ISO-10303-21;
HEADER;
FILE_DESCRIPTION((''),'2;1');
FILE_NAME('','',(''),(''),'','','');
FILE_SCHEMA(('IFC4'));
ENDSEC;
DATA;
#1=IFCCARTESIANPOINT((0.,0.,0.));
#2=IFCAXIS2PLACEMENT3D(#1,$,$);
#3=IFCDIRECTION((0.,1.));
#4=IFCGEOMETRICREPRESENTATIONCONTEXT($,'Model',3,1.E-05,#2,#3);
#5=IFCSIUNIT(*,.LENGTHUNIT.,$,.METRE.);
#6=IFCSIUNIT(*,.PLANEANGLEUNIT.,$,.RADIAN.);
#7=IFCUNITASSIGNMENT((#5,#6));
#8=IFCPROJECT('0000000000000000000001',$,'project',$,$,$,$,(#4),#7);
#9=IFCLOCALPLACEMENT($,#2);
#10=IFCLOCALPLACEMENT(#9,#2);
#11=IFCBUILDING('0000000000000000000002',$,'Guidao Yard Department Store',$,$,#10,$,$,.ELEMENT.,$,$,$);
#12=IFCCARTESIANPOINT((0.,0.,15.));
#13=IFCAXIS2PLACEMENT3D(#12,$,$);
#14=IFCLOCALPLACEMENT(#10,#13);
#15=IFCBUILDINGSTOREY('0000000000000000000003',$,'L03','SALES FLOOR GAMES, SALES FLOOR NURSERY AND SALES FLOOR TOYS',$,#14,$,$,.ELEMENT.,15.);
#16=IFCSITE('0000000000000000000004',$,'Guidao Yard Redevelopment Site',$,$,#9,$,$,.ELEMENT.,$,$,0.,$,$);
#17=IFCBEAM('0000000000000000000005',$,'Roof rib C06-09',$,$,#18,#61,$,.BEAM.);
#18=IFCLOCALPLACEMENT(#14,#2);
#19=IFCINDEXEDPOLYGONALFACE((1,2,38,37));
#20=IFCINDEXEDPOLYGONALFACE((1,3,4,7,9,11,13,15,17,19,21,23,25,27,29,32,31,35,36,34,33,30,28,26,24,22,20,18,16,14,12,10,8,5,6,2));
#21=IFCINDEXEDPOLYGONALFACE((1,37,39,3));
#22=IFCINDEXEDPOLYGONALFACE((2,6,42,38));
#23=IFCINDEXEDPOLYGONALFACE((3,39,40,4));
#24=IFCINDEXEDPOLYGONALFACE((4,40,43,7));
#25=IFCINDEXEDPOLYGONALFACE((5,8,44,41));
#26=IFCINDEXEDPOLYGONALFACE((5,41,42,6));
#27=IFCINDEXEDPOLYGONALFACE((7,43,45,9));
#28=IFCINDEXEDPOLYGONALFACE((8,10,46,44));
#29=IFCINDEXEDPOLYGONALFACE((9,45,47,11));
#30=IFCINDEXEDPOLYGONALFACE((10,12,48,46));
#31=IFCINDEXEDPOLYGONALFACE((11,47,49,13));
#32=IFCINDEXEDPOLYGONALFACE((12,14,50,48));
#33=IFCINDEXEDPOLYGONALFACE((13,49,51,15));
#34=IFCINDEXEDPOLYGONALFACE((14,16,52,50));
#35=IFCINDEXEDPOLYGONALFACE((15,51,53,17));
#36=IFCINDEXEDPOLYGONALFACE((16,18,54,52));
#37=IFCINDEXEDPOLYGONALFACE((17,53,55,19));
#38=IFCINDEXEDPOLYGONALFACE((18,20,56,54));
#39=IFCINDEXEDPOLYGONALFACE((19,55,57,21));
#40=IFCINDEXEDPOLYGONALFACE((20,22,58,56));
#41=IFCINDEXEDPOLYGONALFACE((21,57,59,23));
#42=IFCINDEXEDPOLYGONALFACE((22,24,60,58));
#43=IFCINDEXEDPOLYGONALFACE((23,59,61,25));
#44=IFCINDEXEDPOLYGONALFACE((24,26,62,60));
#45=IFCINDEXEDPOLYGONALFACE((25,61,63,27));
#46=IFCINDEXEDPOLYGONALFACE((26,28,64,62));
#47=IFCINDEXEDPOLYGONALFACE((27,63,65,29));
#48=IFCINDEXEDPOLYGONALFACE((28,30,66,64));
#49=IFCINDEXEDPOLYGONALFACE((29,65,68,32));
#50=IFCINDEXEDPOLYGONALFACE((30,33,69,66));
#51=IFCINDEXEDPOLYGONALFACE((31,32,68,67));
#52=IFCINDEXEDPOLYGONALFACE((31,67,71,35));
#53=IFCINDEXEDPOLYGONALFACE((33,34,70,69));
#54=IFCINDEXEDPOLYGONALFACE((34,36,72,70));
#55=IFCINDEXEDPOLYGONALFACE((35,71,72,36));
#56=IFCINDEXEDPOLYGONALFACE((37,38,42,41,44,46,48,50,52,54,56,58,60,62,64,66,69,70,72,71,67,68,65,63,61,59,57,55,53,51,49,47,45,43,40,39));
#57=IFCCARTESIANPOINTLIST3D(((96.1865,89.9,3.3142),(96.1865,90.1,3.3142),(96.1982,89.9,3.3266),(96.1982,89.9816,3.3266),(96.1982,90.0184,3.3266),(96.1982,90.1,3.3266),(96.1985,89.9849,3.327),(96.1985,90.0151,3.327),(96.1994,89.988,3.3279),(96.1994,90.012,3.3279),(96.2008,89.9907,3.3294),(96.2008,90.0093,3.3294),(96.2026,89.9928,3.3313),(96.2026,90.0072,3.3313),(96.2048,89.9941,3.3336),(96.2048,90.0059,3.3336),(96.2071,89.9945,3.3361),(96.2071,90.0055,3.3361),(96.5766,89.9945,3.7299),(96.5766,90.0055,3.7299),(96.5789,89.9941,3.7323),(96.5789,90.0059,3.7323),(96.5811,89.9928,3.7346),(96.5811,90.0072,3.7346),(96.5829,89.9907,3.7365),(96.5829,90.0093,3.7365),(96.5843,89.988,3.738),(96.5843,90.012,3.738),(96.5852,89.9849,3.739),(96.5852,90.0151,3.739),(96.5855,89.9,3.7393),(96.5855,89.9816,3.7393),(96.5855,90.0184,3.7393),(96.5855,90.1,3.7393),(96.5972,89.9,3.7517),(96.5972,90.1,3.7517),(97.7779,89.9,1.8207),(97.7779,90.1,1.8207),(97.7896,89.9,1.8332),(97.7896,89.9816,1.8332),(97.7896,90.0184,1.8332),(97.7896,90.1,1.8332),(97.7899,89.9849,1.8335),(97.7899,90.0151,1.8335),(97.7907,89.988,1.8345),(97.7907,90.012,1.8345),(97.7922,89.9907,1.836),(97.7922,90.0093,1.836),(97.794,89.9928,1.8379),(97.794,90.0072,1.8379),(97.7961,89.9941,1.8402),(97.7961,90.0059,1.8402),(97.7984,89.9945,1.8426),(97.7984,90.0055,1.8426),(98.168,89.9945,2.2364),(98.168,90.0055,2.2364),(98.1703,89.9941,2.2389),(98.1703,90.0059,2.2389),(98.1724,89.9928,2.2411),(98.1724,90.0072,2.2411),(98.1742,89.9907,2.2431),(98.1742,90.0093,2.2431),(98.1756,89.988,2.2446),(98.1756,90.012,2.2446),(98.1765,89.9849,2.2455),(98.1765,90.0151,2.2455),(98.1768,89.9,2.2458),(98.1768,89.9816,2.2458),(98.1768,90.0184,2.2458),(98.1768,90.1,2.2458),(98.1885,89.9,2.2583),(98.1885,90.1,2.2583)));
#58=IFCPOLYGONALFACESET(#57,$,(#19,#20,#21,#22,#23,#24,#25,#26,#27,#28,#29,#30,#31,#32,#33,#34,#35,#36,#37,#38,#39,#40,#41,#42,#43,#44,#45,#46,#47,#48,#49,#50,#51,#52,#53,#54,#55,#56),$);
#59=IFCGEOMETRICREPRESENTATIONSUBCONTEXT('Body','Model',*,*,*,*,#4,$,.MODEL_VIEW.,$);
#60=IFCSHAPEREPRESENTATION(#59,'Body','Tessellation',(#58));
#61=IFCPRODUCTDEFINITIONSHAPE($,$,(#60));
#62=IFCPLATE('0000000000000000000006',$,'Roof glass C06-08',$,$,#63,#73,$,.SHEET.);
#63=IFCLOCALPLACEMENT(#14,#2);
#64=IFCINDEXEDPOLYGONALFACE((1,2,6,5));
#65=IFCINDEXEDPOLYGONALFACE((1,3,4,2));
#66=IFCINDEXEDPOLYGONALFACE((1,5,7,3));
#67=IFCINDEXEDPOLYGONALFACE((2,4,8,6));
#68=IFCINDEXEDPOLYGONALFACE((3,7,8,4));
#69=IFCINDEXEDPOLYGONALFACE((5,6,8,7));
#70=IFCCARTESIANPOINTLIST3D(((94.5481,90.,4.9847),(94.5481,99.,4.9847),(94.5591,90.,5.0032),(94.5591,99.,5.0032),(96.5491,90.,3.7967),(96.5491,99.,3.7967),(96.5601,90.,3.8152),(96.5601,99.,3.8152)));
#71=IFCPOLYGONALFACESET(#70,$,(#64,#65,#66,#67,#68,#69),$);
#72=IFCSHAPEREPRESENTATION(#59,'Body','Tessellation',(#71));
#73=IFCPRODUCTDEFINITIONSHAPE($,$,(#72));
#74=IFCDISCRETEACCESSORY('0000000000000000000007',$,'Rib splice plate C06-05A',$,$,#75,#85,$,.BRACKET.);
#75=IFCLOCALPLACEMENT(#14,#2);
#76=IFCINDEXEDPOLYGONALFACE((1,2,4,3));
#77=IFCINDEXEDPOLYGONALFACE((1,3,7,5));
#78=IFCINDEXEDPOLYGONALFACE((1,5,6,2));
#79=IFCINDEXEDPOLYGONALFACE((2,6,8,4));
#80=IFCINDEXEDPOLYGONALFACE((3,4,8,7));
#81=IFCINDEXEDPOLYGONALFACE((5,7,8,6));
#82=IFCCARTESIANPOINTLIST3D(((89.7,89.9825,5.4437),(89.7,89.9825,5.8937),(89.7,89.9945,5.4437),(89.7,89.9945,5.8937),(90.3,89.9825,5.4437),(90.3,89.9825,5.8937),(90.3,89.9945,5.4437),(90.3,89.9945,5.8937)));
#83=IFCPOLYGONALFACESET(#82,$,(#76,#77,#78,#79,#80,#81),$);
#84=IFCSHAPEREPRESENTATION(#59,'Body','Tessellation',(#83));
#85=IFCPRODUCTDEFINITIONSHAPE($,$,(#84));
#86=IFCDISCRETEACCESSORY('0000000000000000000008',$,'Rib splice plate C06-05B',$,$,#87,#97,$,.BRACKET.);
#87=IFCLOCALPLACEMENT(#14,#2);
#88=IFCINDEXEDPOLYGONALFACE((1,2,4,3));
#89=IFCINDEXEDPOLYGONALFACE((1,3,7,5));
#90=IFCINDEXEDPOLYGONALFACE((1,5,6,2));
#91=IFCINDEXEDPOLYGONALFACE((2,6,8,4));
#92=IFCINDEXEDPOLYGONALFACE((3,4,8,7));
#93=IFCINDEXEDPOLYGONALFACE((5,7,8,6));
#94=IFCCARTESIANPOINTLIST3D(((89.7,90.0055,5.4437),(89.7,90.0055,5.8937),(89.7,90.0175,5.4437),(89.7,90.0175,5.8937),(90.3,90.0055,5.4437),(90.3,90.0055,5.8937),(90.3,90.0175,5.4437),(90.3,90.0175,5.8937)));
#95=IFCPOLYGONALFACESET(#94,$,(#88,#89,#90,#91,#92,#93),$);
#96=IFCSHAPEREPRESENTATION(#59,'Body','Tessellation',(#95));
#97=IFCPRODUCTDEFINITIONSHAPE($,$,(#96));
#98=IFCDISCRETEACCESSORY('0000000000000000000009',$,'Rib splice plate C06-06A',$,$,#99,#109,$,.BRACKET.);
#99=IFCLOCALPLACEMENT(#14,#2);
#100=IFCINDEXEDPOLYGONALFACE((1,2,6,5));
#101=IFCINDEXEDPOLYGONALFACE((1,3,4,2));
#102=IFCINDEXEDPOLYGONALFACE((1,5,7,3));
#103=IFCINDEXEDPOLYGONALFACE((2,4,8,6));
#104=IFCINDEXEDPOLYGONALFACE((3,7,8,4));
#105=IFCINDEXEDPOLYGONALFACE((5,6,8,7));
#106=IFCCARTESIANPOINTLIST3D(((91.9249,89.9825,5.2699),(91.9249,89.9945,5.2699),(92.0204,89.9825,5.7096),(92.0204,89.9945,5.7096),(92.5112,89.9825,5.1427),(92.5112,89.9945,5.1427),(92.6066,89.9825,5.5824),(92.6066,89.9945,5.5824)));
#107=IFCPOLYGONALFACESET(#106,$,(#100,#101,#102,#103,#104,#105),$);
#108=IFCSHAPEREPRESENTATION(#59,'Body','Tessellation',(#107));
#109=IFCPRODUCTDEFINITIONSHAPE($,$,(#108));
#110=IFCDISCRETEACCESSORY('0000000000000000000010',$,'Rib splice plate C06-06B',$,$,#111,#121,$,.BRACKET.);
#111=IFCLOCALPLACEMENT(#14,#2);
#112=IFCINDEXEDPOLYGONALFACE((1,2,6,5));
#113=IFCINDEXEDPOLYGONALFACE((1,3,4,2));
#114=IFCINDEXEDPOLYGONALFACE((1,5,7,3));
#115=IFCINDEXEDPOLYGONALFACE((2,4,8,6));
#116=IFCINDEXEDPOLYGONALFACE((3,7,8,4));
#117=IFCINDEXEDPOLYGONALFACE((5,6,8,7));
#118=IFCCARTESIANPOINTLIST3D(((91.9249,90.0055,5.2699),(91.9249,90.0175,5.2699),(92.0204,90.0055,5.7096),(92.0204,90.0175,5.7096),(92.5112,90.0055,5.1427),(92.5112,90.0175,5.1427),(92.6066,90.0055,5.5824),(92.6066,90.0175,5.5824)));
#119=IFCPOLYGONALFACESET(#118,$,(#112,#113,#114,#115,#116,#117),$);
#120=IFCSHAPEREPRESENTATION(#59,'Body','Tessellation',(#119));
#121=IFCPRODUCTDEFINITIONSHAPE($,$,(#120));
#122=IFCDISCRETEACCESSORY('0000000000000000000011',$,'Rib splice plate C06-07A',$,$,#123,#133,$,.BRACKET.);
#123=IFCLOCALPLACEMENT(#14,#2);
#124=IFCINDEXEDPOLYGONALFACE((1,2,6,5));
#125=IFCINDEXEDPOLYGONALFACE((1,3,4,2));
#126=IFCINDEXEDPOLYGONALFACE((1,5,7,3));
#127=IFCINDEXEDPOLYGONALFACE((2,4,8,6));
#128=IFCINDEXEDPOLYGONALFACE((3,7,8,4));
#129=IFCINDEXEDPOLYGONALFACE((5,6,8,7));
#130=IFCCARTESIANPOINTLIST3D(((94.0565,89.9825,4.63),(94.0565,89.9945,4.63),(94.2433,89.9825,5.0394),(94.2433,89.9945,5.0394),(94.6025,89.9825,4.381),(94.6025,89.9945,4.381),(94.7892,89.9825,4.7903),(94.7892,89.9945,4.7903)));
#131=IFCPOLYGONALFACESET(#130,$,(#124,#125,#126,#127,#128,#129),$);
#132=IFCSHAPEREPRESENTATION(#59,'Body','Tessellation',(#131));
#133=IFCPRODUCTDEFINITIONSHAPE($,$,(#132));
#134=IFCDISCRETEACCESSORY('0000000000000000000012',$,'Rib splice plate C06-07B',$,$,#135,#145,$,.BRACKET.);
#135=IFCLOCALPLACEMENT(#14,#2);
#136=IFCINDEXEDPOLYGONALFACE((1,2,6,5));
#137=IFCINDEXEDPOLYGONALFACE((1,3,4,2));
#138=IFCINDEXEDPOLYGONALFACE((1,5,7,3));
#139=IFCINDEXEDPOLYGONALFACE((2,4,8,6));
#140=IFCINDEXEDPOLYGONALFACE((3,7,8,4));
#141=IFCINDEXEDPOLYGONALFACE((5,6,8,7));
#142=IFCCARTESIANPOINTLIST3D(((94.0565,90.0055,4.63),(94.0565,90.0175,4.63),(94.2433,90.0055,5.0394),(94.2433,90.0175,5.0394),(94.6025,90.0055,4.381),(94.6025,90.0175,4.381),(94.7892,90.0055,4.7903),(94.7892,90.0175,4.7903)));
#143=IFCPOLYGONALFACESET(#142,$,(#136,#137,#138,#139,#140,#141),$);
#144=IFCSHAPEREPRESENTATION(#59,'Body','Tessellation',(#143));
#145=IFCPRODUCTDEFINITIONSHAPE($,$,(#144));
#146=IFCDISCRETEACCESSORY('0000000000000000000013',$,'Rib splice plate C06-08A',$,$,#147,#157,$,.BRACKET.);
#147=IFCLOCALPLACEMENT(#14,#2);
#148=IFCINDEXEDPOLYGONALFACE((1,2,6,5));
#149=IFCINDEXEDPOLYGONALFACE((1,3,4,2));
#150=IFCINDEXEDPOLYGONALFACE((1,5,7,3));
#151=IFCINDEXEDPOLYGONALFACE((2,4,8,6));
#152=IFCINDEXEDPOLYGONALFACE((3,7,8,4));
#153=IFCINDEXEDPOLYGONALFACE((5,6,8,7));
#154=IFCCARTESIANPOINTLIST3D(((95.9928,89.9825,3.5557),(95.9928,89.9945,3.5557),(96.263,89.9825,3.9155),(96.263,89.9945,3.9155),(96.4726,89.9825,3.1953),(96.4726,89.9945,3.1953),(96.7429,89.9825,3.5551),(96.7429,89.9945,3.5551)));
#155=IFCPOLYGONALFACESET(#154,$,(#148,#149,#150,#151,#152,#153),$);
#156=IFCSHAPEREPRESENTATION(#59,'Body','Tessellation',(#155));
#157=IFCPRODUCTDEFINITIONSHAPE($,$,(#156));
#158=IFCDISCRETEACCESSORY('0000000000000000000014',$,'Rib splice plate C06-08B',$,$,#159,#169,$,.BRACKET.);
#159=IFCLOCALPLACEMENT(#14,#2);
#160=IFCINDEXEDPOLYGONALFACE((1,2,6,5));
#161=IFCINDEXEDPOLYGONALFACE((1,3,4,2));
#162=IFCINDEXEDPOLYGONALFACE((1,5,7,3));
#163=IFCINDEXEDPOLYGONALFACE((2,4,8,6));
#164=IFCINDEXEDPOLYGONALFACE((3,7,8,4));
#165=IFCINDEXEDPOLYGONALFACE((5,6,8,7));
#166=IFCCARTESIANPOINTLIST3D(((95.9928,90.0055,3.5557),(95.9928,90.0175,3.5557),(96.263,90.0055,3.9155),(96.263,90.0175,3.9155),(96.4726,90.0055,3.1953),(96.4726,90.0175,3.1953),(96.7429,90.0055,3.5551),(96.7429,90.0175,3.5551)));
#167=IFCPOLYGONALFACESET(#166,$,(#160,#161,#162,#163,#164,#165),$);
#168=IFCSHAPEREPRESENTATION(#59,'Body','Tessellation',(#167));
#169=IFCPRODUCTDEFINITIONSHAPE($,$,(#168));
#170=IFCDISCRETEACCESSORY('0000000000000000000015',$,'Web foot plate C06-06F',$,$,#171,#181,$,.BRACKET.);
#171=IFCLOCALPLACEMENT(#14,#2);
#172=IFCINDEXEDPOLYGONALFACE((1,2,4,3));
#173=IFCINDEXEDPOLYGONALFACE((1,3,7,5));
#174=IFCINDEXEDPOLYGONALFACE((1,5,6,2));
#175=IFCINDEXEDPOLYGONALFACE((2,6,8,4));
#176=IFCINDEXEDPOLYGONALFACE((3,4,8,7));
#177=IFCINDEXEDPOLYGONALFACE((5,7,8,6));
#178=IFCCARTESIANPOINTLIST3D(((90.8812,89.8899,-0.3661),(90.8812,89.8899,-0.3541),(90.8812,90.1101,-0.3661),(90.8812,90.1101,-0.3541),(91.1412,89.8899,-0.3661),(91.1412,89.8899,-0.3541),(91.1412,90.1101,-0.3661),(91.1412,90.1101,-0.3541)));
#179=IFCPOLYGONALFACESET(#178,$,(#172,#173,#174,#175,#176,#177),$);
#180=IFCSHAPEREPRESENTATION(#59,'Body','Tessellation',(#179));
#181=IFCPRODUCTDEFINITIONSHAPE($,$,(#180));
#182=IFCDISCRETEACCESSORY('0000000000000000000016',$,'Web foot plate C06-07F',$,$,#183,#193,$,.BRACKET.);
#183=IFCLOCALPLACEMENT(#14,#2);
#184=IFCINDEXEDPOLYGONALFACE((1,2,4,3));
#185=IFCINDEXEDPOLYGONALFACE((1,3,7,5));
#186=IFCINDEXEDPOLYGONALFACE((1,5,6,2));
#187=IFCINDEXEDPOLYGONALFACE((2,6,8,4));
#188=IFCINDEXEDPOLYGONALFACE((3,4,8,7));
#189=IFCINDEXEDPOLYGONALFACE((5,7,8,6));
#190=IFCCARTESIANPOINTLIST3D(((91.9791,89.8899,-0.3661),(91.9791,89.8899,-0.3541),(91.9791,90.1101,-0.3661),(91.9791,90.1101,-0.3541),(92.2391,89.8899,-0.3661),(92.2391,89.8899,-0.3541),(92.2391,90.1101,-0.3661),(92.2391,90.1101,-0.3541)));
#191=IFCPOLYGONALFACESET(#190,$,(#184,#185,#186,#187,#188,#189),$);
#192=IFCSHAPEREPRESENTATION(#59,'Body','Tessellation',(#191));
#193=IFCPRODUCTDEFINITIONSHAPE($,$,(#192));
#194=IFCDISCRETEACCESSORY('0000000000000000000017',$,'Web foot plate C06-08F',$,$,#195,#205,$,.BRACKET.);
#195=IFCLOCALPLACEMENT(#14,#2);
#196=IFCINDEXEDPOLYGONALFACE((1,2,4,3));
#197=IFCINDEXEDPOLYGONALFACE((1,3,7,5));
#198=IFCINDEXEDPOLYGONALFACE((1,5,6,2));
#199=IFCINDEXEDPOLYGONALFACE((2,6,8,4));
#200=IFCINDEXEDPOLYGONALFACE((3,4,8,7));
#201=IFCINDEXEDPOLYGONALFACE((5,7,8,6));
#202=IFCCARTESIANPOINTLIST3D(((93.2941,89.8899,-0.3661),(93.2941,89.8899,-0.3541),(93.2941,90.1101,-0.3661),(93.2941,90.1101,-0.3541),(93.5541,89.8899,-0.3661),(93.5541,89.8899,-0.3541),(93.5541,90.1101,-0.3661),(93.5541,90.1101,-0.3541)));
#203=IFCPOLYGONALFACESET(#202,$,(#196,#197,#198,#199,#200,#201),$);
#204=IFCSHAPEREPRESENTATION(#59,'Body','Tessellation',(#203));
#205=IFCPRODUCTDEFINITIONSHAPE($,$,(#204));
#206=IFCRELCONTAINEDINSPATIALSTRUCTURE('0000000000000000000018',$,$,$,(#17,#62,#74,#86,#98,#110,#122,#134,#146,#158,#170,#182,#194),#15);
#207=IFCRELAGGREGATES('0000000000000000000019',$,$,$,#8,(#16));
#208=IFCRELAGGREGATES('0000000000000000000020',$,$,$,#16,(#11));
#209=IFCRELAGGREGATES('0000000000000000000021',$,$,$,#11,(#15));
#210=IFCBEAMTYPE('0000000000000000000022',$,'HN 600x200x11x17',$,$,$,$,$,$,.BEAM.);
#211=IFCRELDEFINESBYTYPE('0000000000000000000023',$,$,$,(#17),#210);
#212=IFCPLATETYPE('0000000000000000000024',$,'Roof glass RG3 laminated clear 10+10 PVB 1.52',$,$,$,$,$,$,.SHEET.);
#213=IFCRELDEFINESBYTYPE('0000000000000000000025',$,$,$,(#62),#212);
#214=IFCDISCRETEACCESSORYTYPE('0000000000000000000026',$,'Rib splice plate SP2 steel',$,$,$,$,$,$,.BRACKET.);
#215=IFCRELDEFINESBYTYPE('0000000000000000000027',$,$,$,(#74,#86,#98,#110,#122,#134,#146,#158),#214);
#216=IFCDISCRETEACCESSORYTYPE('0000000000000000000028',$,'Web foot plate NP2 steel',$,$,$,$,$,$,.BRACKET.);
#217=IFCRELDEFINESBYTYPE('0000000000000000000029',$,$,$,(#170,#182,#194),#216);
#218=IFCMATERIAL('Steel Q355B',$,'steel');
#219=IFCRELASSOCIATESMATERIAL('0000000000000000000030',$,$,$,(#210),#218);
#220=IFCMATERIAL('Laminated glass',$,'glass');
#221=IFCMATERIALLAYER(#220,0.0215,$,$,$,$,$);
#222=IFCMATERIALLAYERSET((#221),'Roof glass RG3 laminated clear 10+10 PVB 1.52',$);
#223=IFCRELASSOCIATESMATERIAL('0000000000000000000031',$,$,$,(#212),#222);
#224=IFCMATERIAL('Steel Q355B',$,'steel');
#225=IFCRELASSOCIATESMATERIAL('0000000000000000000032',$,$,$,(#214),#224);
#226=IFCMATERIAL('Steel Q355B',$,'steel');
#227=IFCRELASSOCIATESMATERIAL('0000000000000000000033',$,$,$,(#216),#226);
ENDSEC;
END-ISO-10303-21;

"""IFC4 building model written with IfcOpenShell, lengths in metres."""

from ifc_helpers import new_model, si_unit, direction, frame, origin, origin_2d, place, context, subcontext, project, spatial, polyline, rectangle, i_section, outline, extrude, material, layer, layer_set, material_profile, profile_set, type_object, element, save


model = new_model("IFC4")

# Units and contexts
model_context = context("Model", 3, precision=1e-05, world=origin(), true_north=direction((0.0, 1.0)))
body_context = subcontext(model_context, "Body", "Model", "MODEL_VIEW")
ifc_project = project(units=[si_unit("LENGTHUNIT", "METRE"), si_unit("PLANEANGLEUNIT", "RADIAN")], contexts=[model_context])

# Site, building, storey
site_placement = place(None, origin())
site = spatial("IfcSite", under=ifc_project, at=site_placement, Name="Guidao Yard Redevelopment Site", CompositionType="ELEMENT", RefElevation=0.0)
building_placement = place(site_placement, origin())
building = spatial("IfcBuilding", under=site, at=building_placement, Name="Guidao Yard Department Store", CompositionType="ELEMENT")
storey_placement = place(building_placement, frame((0.0, 0.0, 15.0)))
storey = spatial("IfcBuildingStorey", under=building, at=storey_placement, Name="L03", Description="SALES FLOOR GAMES, SALES FLOOR NURSERY AND SALES FLOOR TOYS", CompositionType="ELEMENT", Elevation=15.0)

# Beam
ifc_material_1 = material(Name="Steel Q355B", Category="steel")
ifc_material_profile_1 = material_profile(ifc_material_1, i_section(OverallWidth=0.2, OverallDepth=0.6001, WebThickness=0.011, FlangeThickness=0.0171, FilletRadius=0.0129, at=origin_2d()), Name="HN 600x200x11x17")
ifc_profile_set_1 = profile_set([ifc_material_profile_1], Name="Steel Q355B")
beam_type = type_object("IfcBeamType", Name="HN 600x200x11x17", PredefinedType="BEAM", material=ifc_profile_set_1)
beam_1_placement = place(storey_placement, frame((96.3918, 90.0, 3.533), z_axis=(0.729181, 0.0, -0.684321), x_axis=(0.0, 1.0, 0.0)))
element("IfcBeam", 1, at=beam_1_placement, inside=storey, type_object=beam_type, Name="Roof rib C06-09", PredefinedType="BEAM", context=body_context, shape_type="SweptSolid", body=[
    extrude(i_section(OverallWidth=0.2, OverallDepth=0.6001, WebThickness=0.011, FlangeThickness=0.0171, FilletRadius=0.0129, at=origin_2d()), origin(), (0.0, 0.0, 1.0), 2.1824),
])

# Plate
ifc_material_2 = material(Name="Laminated glass", Category="glass")
ifc_layer = layer(ifc_material_2, 0.0215)
ifc_layer_set = layer_set([ifc_layer], Name="Roof glass RG3 laminated clear 10+10 PVB 1.52")
plate_type = type_object("IfcPlateType", Name="Roof glass RG3 laminated clear 10+10 PVB 1.52", PredefinedType="SHEET", material=ifc_layer_set)
plate_placement = place(storey_placement, frame((94.5591, 90.0, 5.0032), z_axis=(0.51051, 0.0, 0.859872), x_axis=(0.859872, 0.0, -0.51051)))
element("IfcPlate", 2, at=plate_placement, inside=storey, type_object=plate_type, Name="Roof glass C06-08", PredefinedType="SHEET", context=body_context, shape_type="SweptSolid", body=[
    extrude(outline(polyline([(0.0, 0.0), (2.3271, 0.0), (2.3271, 9.0), (0.0, 9.0), (0.0, 0.0)])), origin(), (0.0, 0.0, -1.0), 0.0215),
])

# Discrete accessories
ifc_material_3 = material(Name="Steel Q355B", Category="steel")
ifc_material_profile_2 = material_profile(ifc_material_3, rectangle(XDim=0.012, YDim=0.45, at=origin_2d()), Name="Splice plate 450x12")
ifc_profile_set_2 = profile_set([ifc_material_profile_2], Name="Steel Q355B")
discrete_accessory_type_1 = type_object("IfcDiscreteAccessoryType", Name="Rib splice plate SP2 steel", PredefinedType="BRACKET", material=ifc_profile_set_2)
for number, where, z_axis, x_axis, name in (
    (3, (89.7, 89.9885, 5.6687), (1.0, 0.0, 0.0), (0.0, 1.0, 0.0), "Rib splice plate C06-05A"),
    (4, (89.7, 90.0115, 5.6687), (1.0, 0.0, 0.0), (0.0, 1.0, 0.0), "Rib splice plate C06-05B"),
):
    element("IfcDiscreteAccessory", number, at=place(storey_placement, frame(where, z_axis=z_axis, x_axis=x_axis)), inside=storey, type_object=discrete_accessory_type_1, Name=name, PredefinedType="BRACKET", context=body_context, shape_type="SweptSolid", body=[
        extrude(rectangle(XDim=0.012, YDim=0.45, at=origin_2d()), origin(), (0.0, 0.0, 1.0), 0.6001),
    ])
for number, where, z_axis, x_axis, name in (
    (5, (91.9727, 89.9885, 5.4897), (0.977257, 0.0, -0.212058), (0.0, 1.0, 0.0), "Rib splice plate C06-06A"),
    (6, (91.9727, 90.0115, 5.4897), (0.977257, 0.0, -0.212058), (0.0, 1.0, 0.0), "Rib splice plate C06-06B"),
):
    element("IfcDiscreteAccessory", number, at=place(storey_placement, frame(where, z_axis=z_axis, x_axis=x_axis)), inside=storey, type_object=discrete_accessory_type_1, Name=name, PredefinedType="BRACKET", context=body_context, shape_type="SweptSolid", body=[
        extrude(rectangle(XDim=0.012, YDim=0.45, at=origin_2d()), origin(), (0.0, 0.0, 1.0), 0.5999),
    ])
for number, where, z_axis, x_axis, name in (
    (7, (94.1499, 89.9885, 4.8347), (0.909808, 0.0, -0.415029), (0.0, 1.0, 0.0), "Rib splice plate C06-07A"),
    (8, (94.1499, 90.0115, 4.8347), (0.909808, 0.0, -0.415029), (0.0, 1.0, 0.0), "Rib splice plate C06-07B"),
    (9, (96.1279, 89.9885, 3.7356), (0.79956, 0.0, -0.600586), (0.0, 1.0, 0.0), "Rib splice plate C06-08A"),
    (10, (96.1279, 90.0115, 3.7356), (0.79956, 0.0, -0.600586), (0.0, 1.0, 0.0), "Rib splice plate C06-08B"),
):
    element("IfcDiscreteAccessory", number, at=place(storey_placement, frame(where, z_axis=z_axis, x_axis=x_axis)), inside=storey, type_object=discrete_accessory_type_1, Name=name, PredefinedType="BRACKET", context=body_context, shape_type="SweptSolid", body=[
        extrude(rectangle(XDim=0.012, YDim=0.45, at=origin_2d()), origin(), (0.0, 0.0, 1.0), 0.6001),
    ])
ifc_material_4 = material(Name="Steel Q355B", Category="steel")
ifc_material_profile_3 = material_profile(ifc_material_4, rectangle(XDim=0.26, YDim=0.012, at=origin_2d()), Name="Node plate 260x12")
ifc_profile_set_3 = profile_set([ifc_material_profile_3], Name="Steel Q355B")
discrete_accessory_type_2 = type_object("IfcDiscreteAccessoryType", Name="Web foot plate NP2 steel", PredefinedType="BRACKET", material=ifc_profile_set_3)
for number, where, z_axis, x_axis, name in (
    (11, (91.0112, 89.8899, -0.3601), (0.0, 1.0, 0.0), (-1.0, 0.0, 0.0), "Web foot plate C06-06F"),
    (12, (92.1091, 89.8899, -0.3601), (0.0, 1.0, 0.0), (-1.0, 0.0, 0.0), "Web foot plate C06-07F"),
    (13, (93.4241, 89.8899, -0.3601), (0.0, 1.0, 0.0), (-1.0, 0.0, 0.0), "Web foot plate C06-08F"),
):
    element("IfcDiscreteAccessory", number, at=place(storey_placement, frame(where, z_axis=z_axis, x_axis=x_axis)), inside=storey, type_object=discrete_accessory_type_2, Name=name, PredefinedType="BRACKET", context=body_context, shape_type="SweptSolid", body=[
        extrude(rectangle(XDim=0.26, YDim=0.012, at=origin_2d()), origin(), (0.0, 0.0, 1.0), 0.2202),
    ])

save(model, "model.ifc")
